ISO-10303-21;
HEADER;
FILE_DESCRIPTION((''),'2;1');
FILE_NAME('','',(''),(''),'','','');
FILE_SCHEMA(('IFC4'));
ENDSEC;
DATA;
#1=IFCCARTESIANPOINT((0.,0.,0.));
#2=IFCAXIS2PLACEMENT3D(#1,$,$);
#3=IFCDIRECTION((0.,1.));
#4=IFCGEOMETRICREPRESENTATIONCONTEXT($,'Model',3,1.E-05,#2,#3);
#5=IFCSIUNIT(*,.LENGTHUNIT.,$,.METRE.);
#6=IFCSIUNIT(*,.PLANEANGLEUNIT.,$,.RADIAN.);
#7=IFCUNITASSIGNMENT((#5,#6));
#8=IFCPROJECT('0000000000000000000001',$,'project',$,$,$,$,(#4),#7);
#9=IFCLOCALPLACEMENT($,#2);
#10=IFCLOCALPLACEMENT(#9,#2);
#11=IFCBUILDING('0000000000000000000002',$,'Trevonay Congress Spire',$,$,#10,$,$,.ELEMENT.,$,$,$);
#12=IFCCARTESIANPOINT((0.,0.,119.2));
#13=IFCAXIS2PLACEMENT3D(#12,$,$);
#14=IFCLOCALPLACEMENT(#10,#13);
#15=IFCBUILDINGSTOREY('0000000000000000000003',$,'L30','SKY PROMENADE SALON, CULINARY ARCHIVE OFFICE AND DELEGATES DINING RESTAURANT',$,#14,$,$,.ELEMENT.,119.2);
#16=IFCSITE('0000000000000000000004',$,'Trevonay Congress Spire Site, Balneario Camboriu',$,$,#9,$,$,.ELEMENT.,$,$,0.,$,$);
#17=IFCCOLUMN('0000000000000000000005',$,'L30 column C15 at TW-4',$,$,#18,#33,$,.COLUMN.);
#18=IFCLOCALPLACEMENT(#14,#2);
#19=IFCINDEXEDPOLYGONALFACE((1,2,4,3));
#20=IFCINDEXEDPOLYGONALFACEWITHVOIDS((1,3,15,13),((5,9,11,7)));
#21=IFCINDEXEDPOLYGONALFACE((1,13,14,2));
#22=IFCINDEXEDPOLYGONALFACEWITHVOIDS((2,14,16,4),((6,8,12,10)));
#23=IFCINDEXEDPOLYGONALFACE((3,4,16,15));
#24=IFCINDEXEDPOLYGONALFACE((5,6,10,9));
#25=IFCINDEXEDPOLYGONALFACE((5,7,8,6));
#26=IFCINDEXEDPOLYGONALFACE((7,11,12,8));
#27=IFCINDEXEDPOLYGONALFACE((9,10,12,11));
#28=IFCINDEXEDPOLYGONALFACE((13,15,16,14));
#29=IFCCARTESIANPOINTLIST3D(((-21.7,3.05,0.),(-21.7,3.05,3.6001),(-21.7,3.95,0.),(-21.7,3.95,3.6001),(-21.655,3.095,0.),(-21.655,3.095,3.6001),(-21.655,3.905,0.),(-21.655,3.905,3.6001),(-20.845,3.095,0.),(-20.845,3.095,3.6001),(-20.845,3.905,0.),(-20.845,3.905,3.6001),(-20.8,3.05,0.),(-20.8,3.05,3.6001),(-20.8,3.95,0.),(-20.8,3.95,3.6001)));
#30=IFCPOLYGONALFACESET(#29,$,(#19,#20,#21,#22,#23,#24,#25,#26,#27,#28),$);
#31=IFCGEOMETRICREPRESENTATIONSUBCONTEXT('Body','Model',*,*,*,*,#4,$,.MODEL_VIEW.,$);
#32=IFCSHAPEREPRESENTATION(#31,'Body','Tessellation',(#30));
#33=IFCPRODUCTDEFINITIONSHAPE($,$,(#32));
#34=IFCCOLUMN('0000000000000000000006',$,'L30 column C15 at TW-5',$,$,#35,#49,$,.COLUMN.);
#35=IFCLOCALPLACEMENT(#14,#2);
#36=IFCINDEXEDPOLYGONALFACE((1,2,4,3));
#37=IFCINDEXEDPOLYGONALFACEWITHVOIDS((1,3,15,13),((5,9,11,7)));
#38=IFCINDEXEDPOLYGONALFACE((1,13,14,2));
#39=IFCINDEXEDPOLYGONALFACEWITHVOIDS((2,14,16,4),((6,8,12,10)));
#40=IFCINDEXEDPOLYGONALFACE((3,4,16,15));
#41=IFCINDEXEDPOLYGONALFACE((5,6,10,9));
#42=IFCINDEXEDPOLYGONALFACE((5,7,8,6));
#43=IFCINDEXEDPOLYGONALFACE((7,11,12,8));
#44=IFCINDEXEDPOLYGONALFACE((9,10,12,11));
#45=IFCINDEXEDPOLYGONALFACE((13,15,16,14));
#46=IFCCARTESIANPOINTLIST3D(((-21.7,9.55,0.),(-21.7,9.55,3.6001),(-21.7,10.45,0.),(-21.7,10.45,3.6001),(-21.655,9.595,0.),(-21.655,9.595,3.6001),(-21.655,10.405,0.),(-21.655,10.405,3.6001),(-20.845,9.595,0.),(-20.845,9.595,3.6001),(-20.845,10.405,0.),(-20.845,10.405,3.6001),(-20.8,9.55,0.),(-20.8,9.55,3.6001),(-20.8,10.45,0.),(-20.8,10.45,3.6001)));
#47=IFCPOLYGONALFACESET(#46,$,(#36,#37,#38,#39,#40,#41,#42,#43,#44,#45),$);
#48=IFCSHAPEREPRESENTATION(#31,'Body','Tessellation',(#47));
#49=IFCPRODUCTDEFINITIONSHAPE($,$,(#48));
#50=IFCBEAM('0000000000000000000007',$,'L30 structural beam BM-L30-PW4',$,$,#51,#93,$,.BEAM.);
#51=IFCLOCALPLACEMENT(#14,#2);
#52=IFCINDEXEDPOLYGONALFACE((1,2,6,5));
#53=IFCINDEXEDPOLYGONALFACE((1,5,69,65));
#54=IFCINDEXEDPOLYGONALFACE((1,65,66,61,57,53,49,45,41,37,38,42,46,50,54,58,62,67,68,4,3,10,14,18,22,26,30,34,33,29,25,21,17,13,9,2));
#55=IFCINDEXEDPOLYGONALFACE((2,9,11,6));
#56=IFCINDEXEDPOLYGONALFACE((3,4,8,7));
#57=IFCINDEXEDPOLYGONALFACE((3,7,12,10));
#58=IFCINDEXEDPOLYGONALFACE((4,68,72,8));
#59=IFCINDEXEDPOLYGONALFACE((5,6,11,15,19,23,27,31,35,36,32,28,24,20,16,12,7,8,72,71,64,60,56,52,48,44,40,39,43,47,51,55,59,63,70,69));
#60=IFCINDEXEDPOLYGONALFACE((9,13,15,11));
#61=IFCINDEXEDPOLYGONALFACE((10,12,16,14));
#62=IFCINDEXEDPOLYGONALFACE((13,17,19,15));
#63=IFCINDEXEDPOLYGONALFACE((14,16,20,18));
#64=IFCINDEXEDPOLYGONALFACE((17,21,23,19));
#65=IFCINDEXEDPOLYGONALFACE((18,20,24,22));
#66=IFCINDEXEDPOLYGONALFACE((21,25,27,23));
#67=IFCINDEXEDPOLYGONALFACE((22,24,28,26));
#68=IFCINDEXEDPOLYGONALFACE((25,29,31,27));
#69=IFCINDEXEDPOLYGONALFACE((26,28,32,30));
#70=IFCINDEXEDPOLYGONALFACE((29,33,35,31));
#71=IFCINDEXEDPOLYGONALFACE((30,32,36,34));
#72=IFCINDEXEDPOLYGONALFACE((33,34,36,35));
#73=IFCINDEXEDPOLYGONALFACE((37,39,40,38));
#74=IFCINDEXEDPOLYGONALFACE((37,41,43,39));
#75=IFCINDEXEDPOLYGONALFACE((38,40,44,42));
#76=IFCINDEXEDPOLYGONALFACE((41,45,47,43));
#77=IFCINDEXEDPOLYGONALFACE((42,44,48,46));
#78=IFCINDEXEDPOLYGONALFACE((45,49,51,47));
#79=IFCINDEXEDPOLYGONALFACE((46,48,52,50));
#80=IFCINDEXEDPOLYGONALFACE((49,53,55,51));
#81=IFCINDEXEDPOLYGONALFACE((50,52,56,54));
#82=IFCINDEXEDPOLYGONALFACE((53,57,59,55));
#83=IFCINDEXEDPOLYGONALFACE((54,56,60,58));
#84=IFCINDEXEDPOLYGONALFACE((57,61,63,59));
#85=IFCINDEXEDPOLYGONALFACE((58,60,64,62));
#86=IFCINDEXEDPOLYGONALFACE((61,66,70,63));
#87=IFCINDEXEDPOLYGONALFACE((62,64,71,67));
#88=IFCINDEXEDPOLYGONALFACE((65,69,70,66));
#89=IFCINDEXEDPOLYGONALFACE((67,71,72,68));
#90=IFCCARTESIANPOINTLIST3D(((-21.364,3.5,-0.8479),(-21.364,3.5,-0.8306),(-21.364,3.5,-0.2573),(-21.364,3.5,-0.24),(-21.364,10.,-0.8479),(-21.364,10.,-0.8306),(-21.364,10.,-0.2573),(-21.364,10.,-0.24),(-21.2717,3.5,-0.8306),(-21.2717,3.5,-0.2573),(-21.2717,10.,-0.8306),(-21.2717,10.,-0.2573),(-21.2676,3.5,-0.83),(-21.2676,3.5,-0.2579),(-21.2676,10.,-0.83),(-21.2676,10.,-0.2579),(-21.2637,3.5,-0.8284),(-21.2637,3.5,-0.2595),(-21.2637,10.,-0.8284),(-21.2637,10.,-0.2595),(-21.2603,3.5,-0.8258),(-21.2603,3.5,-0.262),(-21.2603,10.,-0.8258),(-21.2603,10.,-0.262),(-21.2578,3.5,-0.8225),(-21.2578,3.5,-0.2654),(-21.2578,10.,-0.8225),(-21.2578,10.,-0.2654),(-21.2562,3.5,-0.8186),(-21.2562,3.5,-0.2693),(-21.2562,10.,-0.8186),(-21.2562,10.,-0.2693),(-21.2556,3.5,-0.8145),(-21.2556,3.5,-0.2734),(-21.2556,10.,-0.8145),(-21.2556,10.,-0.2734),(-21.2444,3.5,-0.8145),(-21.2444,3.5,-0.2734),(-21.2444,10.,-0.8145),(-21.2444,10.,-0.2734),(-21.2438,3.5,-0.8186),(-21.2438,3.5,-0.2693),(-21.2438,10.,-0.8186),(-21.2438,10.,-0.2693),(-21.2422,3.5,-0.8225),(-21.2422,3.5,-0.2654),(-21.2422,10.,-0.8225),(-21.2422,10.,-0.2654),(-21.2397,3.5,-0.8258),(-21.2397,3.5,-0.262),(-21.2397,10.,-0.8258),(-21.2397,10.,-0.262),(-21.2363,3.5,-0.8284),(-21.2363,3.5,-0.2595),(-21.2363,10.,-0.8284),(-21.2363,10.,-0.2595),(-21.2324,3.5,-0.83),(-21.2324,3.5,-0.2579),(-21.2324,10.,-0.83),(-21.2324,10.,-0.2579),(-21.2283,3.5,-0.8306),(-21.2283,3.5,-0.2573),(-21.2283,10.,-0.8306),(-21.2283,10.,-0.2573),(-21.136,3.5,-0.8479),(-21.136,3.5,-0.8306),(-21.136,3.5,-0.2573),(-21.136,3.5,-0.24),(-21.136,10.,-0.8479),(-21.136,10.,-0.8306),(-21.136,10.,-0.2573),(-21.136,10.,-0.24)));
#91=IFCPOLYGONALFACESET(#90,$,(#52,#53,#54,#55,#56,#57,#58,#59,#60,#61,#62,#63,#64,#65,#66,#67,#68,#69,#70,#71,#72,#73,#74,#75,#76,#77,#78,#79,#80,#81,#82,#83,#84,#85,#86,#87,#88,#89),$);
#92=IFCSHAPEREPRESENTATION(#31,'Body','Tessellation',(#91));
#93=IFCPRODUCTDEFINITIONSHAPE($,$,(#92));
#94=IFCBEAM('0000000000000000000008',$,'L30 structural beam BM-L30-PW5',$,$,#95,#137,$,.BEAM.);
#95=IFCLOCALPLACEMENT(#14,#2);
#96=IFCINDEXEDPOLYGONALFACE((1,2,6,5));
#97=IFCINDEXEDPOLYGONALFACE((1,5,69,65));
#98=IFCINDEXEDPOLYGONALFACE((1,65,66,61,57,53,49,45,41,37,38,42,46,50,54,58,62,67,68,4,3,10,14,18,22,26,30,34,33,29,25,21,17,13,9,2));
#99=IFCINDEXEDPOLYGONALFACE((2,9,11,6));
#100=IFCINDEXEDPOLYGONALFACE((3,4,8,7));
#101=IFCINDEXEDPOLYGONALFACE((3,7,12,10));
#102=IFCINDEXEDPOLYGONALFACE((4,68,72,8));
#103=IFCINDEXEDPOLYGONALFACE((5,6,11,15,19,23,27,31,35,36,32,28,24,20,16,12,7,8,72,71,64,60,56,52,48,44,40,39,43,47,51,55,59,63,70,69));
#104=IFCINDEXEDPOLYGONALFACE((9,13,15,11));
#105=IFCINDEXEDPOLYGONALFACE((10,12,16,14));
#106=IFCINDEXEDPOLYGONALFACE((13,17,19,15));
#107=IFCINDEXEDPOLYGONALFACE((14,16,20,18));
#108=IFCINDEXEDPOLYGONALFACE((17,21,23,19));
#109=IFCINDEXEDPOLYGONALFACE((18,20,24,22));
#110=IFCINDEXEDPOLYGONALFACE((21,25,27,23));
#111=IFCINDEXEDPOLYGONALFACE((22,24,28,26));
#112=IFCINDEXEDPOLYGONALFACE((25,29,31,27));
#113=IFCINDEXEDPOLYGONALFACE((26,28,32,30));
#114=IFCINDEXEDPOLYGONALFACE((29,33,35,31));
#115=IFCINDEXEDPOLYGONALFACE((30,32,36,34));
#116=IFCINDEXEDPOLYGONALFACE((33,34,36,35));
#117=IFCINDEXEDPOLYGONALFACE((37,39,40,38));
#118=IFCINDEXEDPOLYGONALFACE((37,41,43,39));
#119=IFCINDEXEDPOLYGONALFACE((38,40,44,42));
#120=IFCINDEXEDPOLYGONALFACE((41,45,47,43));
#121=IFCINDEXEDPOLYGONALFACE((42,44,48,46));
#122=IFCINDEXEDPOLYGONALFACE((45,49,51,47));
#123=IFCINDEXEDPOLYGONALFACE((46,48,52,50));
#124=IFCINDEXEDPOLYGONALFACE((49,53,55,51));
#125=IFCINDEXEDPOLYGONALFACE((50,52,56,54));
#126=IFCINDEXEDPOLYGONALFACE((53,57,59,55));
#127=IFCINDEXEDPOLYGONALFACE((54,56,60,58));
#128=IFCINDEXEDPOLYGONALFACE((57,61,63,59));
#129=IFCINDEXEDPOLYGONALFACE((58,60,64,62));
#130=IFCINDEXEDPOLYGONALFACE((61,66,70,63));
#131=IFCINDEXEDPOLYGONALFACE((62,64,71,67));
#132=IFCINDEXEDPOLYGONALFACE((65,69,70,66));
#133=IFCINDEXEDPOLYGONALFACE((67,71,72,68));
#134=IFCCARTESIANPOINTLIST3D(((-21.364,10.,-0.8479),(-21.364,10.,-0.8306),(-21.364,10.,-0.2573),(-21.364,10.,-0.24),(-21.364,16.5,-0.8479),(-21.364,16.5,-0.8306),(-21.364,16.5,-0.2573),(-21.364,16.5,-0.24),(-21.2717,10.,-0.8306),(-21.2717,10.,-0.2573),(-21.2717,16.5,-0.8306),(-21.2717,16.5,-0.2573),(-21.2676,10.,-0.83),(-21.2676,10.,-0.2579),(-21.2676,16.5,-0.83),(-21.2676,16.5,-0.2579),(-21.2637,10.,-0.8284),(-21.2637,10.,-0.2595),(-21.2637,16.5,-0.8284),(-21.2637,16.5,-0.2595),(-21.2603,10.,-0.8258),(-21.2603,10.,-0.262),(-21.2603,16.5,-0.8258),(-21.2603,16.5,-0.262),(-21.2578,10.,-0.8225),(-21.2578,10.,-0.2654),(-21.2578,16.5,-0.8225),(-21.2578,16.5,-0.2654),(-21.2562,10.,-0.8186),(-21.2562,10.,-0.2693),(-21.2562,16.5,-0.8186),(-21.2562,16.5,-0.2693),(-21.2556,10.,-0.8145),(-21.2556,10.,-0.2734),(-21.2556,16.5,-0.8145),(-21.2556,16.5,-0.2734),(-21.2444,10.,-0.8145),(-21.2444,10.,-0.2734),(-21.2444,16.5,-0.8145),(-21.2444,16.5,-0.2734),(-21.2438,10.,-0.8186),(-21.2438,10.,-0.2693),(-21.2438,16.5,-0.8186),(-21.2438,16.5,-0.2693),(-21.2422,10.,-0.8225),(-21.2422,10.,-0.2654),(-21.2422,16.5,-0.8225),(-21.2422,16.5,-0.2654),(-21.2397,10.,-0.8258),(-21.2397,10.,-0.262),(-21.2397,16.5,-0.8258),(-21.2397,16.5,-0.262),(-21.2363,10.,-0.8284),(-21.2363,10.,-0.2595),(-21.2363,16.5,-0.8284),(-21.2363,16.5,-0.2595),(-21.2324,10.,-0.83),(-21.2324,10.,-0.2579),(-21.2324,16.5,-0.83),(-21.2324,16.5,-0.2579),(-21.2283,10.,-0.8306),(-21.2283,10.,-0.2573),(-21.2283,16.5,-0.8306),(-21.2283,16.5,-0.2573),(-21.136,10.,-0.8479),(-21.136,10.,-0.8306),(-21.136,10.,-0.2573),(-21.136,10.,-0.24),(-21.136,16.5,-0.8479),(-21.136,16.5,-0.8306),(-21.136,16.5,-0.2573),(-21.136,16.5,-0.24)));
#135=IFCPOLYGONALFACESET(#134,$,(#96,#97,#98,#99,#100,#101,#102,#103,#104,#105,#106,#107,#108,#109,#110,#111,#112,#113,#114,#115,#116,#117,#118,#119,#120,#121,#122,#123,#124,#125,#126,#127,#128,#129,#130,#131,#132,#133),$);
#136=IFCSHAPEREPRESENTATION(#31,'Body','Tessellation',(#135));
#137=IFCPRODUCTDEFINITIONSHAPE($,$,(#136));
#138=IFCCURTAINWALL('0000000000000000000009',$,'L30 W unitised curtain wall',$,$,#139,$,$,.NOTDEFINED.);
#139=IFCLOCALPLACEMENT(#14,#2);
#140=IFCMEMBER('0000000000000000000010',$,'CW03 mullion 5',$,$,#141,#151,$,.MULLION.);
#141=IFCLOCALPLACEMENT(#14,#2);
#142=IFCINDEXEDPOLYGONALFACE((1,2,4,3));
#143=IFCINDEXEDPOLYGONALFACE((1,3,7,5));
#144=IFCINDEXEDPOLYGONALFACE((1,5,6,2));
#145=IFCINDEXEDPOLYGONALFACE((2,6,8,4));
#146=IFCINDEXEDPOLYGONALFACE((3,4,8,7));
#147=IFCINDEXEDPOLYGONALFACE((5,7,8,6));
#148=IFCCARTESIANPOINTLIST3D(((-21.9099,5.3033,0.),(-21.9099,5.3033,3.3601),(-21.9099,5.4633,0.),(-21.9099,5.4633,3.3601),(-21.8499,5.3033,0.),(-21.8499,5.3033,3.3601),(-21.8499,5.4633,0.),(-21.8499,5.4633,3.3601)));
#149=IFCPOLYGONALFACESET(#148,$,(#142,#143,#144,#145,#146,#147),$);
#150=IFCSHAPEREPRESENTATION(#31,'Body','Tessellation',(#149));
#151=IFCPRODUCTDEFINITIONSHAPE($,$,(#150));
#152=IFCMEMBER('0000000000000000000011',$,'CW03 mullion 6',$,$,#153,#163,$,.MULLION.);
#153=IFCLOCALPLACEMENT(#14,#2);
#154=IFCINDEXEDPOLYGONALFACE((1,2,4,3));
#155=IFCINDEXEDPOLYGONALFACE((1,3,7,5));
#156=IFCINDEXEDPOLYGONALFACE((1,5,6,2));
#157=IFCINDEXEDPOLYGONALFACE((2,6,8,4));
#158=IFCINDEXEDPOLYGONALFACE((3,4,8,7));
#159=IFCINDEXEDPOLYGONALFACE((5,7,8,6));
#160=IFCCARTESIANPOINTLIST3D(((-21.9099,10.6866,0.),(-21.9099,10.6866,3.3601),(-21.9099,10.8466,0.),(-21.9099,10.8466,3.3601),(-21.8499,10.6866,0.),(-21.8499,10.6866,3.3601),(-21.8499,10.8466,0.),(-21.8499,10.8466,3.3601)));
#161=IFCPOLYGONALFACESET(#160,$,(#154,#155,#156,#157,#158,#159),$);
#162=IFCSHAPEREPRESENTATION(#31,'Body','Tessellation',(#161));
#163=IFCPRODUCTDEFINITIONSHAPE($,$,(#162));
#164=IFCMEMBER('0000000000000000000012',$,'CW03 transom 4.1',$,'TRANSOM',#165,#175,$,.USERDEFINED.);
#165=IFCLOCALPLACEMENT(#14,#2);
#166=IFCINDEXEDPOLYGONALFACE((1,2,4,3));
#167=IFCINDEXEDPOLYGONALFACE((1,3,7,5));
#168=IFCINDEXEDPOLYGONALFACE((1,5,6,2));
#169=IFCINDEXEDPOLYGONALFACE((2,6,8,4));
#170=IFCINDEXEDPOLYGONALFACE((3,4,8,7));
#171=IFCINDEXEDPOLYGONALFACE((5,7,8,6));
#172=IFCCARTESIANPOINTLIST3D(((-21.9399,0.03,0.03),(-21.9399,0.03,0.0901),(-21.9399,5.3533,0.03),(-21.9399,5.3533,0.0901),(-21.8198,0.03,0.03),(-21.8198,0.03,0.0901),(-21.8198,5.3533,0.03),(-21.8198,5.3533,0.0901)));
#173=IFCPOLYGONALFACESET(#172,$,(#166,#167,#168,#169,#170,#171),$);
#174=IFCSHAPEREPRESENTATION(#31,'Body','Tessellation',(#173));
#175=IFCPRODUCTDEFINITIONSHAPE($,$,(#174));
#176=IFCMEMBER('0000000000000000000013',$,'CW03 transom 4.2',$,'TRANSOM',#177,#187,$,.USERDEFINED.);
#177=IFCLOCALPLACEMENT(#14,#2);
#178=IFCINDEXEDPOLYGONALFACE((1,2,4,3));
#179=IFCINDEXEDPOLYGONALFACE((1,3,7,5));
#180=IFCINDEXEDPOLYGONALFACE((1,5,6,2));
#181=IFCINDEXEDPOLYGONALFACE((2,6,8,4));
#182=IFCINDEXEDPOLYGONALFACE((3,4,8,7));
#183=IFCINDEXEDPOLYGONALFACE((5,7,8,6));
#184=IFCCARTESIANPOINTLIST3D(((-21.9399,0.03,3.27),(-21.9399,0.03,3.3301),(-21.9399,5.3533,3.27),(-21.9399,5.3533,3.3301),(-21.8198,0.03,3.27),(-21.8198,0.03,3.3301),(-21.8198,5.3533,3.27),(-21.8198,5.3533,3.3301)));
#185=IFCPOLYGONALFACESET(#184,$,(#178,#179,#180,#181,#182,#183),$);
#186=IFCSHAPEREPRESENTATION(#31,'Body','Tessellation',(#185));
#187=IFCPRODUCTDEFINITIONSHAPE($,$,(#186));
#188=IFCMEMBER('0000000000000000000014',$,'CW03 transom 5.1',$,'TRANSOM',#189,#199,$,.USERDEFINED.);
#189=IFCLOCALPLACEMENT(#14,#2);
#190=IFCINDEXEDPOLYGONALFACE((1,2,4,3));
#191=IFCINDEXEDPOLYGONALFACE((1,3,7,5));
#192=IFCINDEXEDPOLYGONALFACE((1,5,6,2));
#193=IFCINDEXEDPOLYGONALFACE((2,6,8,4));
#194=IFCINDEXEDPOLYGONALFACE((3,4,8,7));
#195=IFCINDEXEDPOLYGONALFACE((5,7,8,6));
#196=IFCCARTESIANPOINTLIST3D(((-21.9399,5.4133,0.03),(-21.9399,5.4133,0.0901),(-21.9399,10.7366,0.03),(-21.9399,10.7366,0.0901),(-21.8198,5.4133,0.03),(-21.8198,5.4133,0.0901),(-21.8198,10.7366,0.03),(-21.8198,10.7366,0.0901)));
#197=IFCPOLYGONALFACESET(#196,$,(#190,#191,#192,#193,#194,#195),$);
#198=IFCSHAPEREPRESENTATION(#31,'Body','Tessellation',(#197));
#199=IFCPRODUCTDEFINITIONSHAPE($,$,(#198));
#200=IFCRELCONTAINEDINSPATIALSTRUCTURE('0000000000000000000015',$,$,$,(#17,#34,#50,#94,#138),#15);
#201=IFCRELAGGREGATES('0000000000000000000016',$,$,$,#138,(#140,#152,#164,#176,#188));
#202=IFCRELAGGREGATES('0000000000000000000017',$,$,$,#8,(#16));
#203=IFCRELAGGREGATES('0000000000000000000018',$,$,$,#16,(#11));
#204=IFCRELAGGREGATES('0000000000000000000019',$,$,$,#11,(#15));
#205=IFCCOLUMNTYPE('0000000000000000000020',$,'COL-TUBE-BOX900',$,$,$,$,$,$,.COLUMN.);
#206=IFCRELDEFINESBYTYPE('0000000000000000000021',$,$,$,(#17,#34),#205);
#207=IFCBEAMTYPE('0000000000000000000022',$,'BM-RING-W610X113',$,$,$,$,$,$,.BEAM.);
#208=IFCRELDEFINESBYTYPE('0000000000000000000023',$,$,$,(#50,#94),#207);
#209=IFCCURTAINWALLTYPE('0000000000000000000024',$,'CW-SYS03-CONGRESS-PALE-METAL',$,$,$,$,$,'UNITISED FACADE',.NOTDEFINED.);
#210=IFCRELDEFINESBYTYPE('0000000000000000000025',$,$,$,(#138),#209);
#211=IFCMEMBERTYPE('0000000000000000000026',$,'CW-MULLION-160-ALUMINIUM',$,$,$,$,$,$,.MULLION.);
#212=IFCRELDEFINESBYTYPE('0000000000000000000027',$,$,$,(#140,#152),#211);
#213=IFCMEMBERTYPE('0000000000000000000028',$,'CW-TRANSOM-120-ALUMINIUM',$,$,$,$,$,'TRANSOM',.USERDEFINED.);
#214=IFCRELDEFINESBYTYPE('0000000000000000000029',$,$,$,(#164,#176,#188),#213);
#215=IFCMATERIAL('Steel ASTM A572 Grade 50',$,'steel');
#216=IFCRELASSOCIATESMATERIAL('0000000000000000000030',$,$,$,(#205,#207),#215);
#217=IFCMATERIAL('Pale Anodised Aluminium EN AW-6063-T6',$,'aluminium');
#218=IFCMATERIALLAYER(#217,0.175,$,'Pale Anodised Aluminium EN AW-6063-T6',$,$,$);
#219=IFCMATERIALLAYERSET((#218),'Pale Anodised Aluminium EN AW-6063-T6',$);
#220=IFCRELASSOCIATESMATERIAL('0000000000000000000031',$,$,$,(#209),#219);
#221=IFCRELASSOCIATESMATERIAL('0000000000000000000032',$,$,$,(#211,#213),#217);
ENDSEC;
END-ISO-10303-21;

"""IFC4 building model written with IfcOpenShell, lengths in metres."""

from ifc_helpers import new_model, si_unit, direction, frame, origin, origin_2d, place, context, subcontext, project, spatial, rectangle, hollow_rectangle, i_section, extrude, material, layer, layer_set, material_profile, profile_set, type_object, element, aggregate, save


model = new_model("IFC4")

# Units and contexts
model_context = context("Model", 3, precision=1e-05, world=origin(), true_north=direction((0.0, 1.0)))
body_context = subcontext(model_context, "Body", "Model", "MODEL_VIEW")
ifc_project = project(units=[si_unit("LENGTHUNIT", "METRE"), si_unit("PLANEANGLEUNIT", "RADIAN")], contexts=[model_context])

# Site, building, storey
site_placement = place(None, origin())
site = spatial("IfcSite", under=ifc_project, at=site_placement, Name="Trevonay Congress Spire Site, Balneario Camboriu", CompositionType="ELEMENT", RefElevation=0.0)
building_placement = place(site_placement, origin())
building = spatial("IfcBuilding", under=site, at=building_placement, Name="Trevonay Congress Spire", CompositionType="ELEMENT")
storey_placement = place(building_placement, frame((0.0, 0.0, 119.2)))
storey = spatial("IfcBuildingStorey", under=building, at=storey_placement, Name="L30", Description="SKY PROMENADE SALON, CULINARY ARCHIVE OFFICE AND DELEGATES DINING RESTAURANT", CompositionType="ELEMENT", Elevation=119.2)

# Columns
ifc_material_1 = material(Name="Steel ASTM A572 Grade 50", Category="steel")
ifc_material_profile_1 = material_profile(ifc_material_1, hollow_rectangle(XDim=0.8999, YDim=0.8999, WallThickness=0.0449, at=origin_2d()), Name="BOX 900x900x45")
ifc_profile_set_1 = profile_set([ifc_material_profile_1], Name="Steel ASTM A572 Grade 50")
column_type = type_object("IfcColumnType", Name="COL-TUBE-BOX900", PredefinedType="COLUMN", material=ifc_profile_set_1)
for number, where, z_axis, x_axis, name in (
    (1, (-21.25, 3.5, 0.0), (0.0, 0.0, 1.0), (1.0, 0.0, 0.0), "L30 column C15 at TW-4"),
    (2, (-21.25, 10.0, 0.0), (0.0, 0.0, 1.0), (1.0, 0.0, 0.0), "L30 column C15 at TW-5"),
):
    element("IfcColumn", number, at=place(storey_placement, frame(where, z_axis=z_axis, x_axis=x_axis)), inside=storey, type_object=column_type, Name=name, PredefinedType="COLUMN", context=body_context, shape_type="SweptSolid", body=[
        extrude(hollow_rectangle(XDim=0.8999, YDim=0.8999, WallThickness=0.0449, at=origin_2d()), origin(), (0.0, 0.0, 1.0), 3.6001),
    ])

# Beams
ifc_material_profile_2 = material_profile(ifc_material_1, i_section(OverallWidth=0.228, OverallDepth=0.6079, WebThickness=0.0112, FlangeThickness=0.0173, FilletRadius=0.0161, at=origin_2d()), Name="W610x113")
ifc_profile_set_2 = profile_set([ifc_material_profile_2], Name="Steel ASTM A572 Grade 50")
beam_type_1 = type_object("IfcBeamType", Name="BM-RING-W610X113", PredefinedType="BEAM", material=ifc_profile_set_2)
for number, where, z_axis, x_axis, name in (
    (3, (-21.25, 3.5, -0.5439), (0.0, 1.0, 0.0), (-1.0, 0.0, 0.0), "L30 structural beam BM-L30-PW4"),
    (4, (-21.25, 10.0, -0.5439), (0.0, 1.0, 0.0), (-1.0, 0.0, 0.0), "L30 structural beam BM-L30-PW5"),
):
    element("IfcBeam", number, at=place(storey_placement, frame(where, z_axis=z_axis, x_axis=x_axis)), inside=storey, type_object=beam_type_1, Name=name, PredefinedType="BEAM", context=body_context, shape_type="SweptSolid", body=[
        extrude(i_section(OverallWidth=0.228, OverallDepth=0.6079, WebThickness=0.0112, FlangeThickness=0.0173, FilletRadius=0.0161, at=origin_2d()), origin(), (0.0, 0.0, 1.0), 6.5),
    ])

# Curtain wall, members
ifc_material_2 = material(Name="Pale Anodised Aluminium EN AW-6063-T6", Category="aluminium")
ifc_layer_1 = layer(ifc_material_2, 0.175, Name="Pale Anodised Aluminium EN AW-6063-T6")
ifc_layer_set_1 = layer_set([ifc_layer_1], Name="Pale Anodised Aluminium EN AW-6063-T6")
curtain_wall_type = type_object("IfcCurtainWallType", Name="CW-SYS03-CONGRESS-PALE-METAL", ElementType="UNITISED FACADE", PredefinedType="NOTDEFINED", material=ifc_layer_set_1)
curtain_wall_placement = place(storey_placement, origin())
curtain_wall = element("IfcCurtainWall", 5, at=curtain_wall_placement, inside=storey, type_object=curtain_wall_type, Name="L30 W unitised curtain wall", PredefinedType="NOTDEFINED")
ifc_material_profile_3 = material_profile(ifc_material_2, rectangle(XDim=0.0601, YDim=0.1599, at=origin_2d()), Name="CW-MULLION-160-ALUMINIUM")
ifc_profile_set_3 = profile_set([ifc_material_profile_3], Name="Pale Anodised Aluminium EN AW-6063-T6")
member_type_1 = type_object("IfcMemberType", Name="CW-MULLION-160-ALUMINIUM", PredefinedType="MULLION", material=ifc_profile_set_3)
member_1_placement = place(storey_placement, frame((-21.8799, 5.3833, 0.0), z_axis=(0.0, 0.0, 1.0), x_axis=(-1.0, 0.0, 0.0)))
member_1 = element("IfcMember", 6, at=member_1_placement, type_object=member_type_1, Name="CW03 mullion 5", PredefinedType="MULLION", context=body_context, shape_type="SweptSolid", body=[
    extrude(rectangle(XDim=0.0601, YDim=0.1599, at=origin_2d()), origin(), (0.0, 0.0, 1.0), 3.3601),
])
member_2_placement = place(storey_placement, frame((-21.8799, 10.7666, 0.0), z_axis=(0.0, 0.0, 1.0), x_axis=(-1.0, 0.0, 0.0)))
member_2 = element("IfcMember", 7, at=member_2_placement, type_object=member_type_1, Name="CW03 mullion 6", PredefinedType="MULLION", context=body_context, shape_type="SweptSolid", body=[
    extrude(rectangle(XDim=0.0601, YDim=0.1599, at=origin_2d()), origin(), (0.0, 0.0, 1.0), 3.3601),
])
ifc_material_profile_4 = material_profile(ifc_material_2, rectangle(XDim=0.1201, YDim=0.0601, at=origin_2d()), Name="CW-TRANSOM-120-ALUMINIUM")
ifc_profile_set_4 = profile_set([ifc_material_profile_4], Name="Pale Anodised Aluminium EN AW-6063-T6")
member_type_2 = type_object("IfcMemberType", Name="CW-TRANSOM-120-ALUMINIUM", ElementType="TRANSOM", PredefinedType="USERDEFINED", material=ifc_profile_set_4)
member_3_placement = place(storey_placement, frame((-21.8799, 0.03, 0.0601), z_axis=(0.0, 1.0, 0.0), x_axis=(-1.0, 0.0, 0.0)))
member_3 = element("IfcMember", 8, at=member_3_placement, type_object=member_type_2, Name="CW03 transom 4.1", ObjectType="TRANSOM", PredefinedType="USERDEFINED", context=body_context, shape_type="SweptSolid", body=[
    extrude(rectangle(XDim=0.1201, YDim=0.0601, at=origin_2d()), origin(), (0.0, 0.0, 1.0), 5.3232),
])
member_4_placement = place(storey_placement, frame((-21.8799, 0.03, 3.3), z_axis=(0.0, 1.0, 0.0), x_axis=(-1.0, 0.0, 0.0)))
member_4 = element("IfcMember", 9, at=member_4_placement, type_object=member_type_2, Name="CW03 transom 4.2", ObjectType="TRANSOM", PredefinedType="USERDEFINED", context=body_context, shape_type="SweptSolid", body=[
    extrude(rectangle(XDim=0.1201, YDim=0.0601, at=origin_2d()), origin(), (0.0, 0.0, 1.0), 5.3232),
])
member_5_placement = place(storey_placement, frame((-21.8799, 5.4133, 0.0601), z_axis=(0.0, 1.0, 0.0), x_axis=(-1.0, 0.0, 0.0)))
member_5 = element("IfcMember", 10, at=member_5_placement, type_object=member_type_2, Name="CW03 transom 5.1", ObjectType="TRANSOM", PredefinedType="USERDEFINED", context=body_context, shape_type="SweptSolid", body=[
    extrude(rectangle(XDim=0.1201, YDim=0.0601, at=origin_2d()), origin(), (0.0, 0.0, 1.0), 5.3232),
])

aggregate(curtain_wall, [member_1, member_2, member_3, member_4, member_5])

save(model, "model.ifc")
